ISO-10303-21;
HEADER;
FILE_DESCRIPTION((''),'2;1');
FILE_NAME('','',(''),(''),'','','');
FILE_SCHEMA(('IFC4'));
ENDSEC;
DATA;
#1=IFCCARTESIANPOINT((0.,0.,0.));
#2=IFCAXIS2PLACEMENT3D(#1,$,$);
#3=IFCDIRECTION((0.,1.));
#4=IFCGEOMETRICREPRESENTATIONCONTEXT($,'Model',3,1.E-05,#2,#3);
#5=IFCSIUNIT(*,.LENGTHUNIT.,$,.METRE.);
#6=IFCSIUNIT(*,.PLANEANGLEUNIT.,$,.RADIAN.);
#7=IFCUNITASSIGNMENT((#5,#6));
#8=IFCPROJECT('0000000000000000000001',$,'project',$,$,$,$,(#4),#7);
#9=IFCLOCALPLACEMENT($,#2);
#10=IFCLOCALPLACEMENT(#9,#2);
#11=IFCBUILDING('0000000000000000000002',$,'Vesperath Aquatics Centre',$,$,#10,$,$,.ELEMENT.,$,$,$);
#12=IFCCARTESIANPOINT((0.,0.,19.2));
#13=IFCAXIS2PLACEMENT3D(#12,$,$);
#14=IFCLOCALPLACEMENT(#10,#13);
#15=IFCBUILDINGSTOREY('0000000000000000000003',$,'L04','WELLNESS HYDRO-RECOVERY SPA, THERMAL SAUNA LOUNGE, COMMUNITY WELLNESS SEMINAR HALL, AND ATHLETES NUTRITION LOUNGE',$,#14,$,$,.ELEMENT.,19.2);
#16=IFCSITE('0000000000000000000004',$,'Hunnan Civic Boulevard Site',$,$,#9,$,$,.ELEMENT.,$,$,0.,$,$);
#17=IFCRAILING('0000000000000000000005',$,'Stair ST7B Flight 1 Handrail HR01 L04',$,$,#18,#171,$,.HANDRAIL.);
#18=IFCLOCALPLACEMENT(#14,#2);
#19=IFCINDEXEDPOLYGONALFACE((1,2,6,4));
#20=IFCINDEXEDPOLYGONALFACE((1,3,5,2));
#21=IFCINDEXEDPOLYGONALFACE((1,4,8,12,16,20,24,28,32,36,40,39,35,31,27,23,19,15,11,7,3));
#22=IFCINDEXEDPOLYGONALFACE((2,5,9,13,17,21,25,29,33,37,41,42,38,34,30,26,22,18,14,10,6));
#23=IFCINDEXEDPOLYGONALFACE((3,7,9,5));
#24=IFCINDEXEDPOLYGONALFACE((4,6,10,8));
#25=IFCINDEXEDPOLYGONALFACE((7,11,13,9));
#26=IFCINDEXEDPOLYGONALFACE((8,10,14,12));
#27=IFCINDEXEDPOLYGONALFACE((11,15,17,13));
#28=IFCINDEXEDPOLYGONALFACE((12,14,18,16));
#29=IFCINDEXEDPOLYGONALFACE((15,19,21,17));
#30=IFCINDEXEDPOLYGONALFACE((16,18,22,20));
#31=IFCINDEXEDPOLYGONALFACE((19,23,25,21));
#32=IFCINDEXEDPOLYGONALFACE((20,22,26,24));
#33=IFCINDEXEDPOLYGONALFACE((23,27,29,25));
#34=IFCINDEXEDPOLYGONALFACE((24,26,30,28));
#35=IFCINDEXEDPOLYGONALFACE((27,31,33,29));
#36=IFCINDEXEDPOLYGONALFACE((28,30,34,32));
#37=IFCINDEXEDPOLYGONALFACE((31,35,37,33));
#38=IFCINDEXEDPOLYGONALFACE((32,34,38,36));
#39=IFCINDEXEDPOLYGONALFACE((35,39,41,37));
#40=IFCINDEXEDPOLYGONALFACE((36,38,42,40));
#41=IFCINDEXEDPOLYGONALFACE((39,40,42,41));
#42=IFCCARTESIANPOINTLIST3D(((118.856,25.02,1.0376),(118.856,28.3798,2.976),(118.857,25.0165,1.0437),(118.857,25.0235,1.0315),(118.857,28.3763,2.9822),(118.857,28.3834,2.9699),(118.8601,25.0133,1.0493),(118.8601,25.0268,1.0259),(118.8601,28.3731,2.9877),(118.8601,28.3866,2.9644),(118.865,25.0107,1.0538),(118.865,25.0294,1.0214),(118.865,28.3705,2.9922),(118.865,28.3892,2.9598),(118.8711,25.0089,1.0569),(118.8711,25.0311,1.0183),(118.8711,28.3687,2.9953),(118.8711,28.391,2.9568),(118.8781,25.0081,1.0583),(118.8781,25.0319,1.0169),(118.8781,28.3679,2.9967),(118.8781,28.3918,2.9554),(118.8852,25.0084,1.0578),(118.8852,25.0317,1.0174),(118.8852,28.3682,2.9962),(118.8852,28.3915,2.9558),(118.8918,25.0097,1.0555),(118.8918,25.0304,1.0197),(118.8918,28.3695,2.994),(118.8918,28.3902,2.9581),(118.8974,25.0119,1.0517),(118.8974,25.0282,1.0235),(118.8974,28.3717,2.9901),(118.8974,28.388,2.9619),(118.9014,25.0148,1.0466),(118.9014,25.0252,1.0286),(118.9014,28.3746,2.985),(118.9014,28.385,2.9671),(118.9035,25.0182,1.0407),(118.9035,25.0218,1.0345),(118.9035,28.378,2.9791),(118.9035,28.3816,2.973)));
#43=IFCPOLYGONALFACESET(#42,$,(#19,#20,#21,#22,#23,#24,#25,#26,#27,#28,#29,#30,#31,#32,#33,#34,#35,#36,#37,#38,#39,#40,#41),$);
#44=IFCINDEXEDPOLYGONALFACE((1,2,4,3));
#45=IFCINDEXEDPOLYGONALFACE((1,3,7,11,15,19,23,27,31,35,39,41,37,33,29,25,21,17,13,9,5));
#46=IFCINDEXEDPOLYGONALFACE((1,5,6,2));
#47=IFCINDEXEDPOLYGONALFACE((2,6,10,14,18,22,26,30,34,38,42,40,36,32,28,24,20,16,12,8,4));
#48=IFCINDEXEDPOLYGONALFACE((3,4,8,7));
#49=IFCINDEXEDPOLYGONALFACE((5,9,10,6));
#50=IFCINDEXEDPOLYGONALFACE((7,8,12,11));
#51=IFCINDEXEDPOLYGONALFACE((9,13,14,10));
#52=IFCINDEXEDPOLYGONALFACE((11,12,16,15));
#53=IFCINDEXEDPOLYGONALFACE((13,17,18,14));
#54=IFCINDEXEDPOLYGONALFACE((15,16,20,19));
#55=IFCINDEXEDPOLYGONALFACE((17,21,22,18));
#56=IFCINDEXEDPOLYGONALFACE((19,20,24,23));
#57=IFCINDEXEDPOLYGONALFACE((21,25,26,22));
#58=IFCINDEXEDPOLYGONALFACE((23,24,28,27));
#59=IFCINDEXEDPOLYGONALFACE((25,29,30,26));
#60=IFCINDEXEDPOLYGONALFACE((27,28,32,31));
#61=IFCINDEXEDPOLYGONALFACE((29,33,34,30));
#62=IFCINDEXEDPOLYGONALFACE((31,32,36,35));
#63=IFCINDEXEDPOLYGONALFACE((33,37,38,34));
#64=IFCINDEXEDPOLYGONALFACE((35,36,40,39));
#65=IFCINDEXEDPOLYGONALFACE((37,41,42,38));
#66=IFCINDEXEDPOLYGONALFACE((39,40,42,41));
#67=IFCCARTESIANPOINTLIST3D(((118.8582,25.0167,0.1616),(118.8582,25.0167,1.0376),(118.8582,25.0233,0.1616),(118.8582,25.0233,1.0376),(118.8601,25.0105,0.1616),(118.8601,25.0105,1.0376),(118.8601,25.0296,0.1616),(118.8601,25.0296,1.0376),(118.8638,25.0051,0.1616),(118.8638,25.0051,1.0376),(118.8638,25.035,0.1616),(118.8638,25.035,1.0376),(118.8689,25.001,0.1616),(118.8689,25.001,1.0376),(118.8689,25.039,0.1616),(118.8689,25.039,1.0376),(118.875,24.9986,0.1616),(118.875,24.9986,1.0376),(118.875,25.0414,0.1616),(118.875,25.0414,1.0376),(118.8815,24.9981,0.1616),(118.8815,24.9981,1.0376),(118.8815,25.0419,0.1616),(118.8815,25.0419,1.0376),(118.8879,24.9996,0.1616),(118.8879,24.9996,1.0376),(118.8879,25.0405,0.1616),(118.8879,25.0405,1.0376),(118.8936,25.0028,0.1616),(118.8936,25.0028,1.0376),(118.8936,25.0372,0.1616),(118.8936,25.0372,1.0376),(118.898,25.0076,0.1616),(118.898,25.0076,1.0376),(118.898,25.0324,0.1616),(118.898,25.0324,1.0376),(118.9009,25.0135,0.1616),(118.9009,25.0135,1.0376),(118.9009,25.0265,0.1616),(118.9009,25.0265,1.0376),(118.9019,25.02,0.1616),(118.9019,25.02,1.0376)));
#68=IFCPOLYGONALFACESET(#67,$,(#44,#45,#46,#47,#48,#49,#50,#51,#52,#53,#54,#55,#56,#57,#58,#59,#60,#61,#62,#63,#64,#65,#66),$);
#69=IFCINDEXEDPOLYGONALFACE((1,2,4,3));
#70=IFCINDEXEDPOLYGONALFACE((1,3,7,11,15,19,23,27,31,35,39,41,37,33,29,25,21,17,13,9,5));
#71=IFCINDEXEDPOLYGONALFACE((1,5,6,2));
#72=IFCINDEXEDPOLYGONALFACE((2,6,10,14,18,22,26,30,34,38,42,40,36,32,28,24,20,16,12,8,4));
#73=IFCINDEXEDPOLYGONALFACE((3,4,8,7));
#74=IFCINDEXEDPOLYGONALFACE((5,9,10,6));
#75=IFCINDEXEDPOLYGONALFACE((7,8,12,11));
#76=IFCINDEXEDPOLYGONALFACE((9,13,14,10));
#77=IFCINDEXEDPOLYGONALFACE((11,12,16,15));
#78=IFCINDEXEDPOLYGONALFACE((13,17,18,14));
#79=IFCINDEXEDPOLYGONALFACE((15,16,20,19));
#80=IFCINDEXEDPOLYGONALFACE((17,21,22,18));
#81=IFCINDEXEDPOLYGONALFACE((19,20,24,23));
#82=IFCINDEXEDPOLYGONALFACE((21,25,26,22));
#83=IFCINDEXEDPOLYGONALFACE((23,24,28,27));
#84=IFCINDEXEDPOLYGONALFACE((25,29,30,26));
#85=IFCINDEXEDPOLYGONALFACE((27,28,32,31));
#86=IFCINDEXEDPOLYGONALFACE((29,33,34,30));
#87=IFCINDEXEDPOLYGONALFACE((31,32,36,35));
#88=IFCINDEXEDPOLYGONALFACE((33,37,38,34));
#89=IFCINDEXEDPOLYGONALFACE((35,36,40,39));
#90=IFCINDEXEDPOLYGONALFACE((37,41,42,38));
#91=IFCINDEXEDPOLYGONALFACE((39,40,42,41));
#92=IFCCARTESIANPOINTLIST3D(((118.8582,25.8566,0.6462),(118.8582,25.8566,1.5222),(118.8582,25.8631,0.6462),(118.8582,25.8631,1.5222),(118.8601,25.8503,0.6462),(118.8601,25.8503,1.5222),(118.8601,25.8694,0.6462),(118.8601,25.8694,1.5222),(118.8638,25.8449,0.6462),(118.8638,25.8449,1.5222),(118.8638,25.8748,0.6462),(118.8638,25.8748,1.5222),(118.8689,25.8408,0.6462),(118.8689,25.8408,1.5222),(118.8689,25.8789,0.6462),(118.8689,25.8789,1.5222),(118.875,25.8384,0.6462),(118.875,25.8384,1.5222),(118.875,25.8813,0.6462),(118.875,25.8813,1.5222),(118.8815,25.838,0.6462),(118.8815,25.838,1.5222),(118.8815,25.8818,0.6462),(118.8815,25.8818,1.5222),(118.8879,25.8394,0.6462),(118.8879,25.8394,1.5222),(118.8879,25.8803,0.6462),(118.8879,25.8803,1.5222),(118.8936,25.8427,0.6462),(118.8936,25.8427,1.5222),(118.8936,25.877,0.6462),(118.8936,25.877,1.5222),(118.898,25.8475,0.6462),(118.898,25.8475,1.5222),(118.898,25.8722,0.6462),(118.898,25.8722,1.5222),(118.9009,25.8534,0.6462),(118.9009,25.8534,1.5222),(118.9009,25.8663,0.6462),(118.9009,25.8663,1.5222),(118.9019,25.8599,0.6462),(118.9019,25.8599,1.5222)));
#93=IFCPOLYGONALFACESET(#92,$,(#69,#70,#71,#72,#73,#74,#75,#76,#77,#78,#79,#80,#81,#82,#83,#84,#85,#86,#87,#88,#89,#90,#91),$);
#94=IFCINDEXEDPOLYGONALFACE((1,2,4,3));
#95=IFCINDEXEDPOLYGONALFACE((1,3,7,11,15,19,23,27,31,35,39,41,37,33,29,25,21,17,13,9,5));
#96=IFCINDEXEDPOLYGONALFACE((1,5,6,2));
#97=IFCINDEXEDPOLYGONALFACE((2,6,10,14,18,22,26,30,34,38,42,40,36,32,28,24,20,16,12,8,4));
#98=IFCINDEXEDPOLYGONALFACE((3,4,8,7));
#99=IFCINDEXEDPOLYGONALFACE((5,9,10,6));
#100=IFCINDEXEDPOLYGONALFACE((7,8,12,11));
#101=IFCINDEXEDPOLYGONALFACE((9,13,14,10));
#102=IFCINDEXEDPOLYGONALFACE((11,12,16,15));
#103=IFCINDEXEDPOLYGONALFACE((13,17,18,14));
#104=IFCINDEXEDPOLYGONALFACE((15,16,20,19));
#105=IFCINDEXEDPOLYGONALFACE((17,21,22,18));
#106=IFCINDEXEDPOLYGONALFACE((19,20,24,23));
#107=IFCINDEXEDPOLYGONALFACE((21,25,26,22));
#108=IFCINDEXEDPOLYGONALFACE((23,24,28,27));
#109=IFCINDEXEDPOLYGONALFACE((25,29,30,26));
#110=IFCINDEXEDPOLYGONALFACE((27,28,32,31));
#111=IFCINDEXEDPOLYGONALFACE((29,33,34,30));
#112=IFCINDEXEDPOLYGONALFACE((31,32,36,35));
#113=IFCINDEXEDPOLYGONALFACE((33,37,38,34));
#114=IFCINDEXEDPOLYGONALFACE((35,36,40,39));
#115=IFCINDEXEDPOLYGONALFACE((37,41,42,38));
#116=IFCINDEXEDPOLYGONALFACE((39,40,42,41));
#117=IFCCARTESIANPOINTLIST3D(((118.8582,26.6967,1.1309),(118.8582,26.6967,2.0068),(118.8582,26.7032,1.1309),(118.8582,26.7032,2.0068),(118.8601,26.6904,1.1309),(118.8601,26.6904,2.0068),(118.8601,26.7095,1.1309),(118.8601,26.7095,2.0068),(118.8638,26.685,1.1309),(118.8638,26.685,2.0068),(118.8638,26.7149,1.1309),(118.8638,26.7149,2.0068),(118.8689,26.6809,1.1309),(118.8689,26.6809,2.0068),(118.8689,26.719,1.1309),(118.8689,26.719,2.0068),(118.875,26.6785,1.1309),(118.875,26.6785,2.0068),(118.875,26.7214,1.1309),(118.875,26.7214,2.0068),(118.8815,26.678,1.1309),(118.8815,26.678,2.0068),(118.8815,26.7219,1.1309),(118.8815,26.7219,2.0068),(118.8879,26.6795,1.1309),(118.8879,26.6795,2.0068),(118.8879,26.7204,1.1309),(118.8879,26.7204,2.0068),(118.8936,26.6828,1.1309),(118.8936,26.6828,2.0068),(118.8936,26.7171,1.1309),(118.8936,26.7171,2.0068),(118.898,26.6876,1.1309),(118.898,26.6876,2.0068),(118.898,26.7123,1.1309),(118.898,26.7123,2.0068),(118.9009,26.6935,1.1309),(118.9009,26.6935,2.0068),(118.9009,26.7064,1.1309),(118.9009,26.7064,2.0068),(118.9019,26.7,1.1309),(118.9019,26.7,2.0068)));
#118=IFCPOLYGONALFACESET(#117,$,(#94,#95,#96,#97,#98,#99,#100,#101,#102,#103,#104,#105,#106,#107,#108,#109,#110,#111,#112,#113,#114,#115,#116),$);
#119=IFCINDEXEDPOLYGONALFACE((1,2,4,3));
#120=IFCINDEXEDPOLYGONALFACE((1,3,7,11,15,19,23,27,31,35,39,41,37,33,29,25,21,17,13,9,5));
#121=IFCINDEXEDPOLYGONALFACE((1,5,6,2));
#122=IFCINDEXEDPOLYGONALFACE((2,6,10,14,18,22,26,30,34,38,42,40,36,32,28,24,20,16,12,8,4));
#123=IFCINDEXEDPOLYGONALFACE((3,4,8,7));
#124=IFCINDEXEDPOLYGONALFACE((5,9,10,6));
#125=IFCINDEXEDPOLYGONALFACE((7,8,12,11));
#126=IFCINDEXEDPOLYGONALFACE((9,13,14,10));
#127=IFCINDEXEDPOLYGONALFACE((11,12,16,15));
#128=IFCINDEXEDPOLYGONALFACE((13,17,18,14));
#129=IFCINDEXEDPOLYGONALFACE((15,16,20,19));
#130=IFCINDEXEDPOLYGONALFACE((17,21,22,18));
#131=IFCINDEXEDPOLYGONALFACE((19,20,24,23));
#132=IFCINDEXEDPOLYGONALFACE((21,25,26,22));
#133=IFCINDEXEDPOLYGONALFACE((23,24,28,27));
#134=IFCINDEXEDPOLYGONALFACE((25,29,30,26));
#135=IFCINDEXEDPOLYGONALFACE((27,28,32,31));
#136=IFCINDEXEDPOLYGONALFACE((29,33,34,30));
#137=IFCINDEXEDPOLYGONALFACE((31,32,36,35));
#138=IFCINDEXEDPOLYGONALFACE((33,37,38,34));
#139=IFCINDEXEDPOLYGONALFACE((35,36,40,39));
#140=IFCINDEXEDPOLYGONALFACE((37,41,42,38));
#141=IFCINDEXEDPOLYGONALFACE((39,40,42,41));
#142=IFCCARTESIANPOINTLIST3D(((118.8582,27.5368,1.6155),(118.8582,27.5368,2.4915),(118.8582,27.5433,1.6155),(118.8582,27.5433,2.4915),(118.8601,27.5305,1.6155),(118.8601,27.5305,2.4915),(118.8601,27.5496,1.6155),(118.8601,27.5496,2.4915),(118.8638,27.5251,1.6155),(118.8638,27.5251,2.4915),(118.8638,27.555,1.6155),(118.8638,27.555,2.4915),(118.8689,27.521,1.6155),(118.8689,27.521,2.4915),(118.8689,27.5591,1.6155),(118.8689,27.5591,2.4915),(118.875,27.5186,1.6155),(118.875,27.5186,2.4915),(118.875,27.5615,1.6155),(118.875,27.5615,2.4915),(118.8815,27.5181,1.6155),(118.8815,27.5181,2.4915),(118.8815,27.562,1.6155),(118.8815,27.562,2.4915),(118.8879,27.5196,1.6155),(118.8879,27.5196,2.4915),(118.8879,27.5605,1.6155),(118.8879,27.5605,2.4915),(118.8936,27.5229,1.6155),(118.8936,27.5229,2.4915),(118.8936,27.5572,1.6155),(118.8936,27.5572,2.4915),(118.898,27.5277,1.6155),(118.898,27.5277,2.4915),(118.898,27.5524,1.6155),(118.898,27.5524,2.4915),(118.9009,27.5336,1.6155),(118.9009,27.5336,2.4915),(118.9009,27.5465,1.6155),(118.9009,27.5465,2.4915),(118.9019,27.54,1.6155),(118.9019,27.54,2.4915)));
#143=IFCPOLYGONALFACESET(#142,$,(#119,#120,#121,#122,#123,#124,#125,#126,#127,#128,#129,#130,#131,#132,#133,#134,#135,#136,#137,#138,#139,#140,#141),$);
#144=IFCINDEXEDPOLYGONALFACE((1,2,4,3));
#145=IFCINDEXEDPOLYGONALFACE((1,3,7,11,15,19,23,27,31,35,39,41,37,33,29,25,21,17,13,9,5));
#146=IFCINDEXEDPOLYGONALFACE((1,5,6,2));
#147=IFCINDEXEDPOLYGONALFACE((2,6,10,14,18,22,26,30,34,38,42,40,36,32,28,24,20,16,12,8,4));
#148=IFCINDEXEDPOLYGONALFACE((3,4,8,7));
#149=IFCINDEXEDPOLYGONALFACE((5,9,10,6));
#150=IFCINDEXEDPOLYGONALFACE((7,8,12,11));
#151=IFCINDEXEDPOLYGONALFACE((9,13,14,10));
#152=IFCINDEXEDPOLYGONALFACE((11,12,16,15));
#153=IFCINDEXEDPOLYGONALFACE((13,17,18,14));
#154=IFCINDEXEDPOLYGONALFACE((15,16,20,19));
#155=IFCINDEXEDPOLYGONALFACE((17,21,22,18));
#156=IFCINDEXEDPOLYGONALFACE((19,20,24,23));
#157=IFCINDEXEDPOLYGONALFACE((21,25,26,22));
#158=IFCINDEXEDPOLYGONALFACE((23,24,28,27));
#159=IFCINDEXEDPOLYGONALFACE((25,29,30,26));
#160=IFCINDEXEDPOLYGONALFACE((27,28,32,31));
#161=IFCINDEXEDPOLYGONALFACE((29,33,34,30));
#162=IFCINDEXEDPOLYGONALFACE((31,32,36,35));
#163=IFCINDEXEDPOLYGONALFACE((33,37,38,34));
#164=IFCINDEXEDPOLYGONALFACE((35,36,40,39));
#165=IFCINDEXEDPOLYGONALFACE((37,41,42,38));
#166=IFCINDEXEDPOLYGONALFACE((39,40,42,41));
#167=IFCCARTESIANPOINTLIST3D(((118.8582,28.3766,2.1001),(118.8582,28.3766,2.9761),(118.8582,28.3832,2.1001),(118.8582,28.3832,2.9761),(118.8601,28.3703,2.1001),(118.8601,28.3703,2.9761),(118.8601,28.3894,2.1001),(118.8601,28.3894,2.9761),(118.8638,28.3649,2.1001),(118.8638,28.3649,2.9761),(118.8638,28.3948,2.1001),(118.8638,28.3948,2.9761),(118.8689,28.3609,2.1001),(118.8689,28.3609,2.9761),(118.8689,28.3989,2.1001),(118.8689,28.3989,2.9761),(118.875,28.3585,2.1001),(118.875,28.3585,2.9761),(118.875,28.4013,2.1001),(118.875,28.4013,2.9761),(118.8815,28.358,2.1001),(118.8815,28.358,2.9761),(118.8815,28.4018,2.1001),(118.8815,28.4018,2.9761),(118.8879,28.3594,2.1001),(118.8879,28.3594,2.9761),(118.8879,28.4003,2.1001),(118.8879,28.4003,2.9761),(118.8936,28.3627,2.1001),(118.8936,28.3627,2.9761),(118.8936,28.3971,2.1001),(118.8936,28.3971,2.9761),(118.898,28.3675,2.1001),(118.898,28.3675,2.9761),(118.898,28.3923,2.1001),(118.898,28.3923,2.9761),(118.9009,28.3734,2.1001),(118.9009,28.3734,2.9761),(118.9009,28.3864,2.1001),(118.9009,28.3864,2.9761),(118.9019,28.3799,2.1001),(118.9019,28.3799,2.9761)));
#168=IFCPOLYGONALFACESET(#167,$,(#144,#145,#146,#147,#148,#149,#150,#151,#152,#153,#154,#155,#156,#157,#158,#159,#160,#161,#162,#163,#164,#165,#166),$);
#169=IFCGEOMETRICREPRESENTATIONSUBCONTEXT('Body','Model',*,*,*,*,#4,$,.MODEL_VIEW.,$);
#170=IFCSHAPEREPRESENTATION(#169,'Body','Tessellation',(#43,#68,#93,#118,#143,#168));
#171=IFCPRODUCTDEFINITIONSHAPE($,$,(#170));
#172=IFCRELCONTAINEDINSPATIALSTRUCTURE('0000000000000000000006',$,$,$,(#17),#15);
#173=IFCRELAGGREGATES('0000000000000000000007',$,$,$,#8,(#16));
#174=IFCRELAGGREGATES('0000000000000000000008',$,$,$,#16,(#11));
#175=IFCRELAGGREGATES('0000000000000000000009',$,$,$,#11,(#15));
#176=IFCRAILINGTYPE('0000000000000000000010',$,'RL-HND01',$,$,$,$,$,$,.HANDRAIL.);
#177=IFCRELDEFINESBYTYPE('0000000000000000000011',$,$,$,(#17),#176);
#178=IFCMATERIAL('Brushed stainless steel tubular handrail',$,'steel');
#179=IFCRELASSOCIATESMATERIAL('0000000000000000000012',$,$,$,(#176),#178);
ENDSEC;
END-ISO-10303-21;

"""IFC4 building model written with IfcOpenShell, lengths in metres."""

from ifc_helpers import new_model, si_unit, direction, frame, origin, origin_2d, place, context, subcontext, project, spatial, circle, extrude, material, type_object, element, save


model = new_model("IFC4")

# Units and contexts
model_context = context("Model", 3, precision=1e-05, world=origin(), true_north=direction((0.0, 1.0)))
body_context = subcontext(model_context, "Body", "Model", "MODEL_VIEW")
ifc_project = project(units=[si_unit("LENGTHUNIT", "METRE"), si_unit("PLANEANGLEUNIT", "RADIAN")], contexts=[model_context])

# Site, building, storey
site_placement = place(None, origin())
site = spatial("IfcSite", under=ifc_project, at=site_placement, Name="Hunnan Civic Boulevard Site", CompositionType="ELEMENT", RefElevation=0.0)
building_placement = place(site_placement, origin())
building = spatial("IfcBuilding", under=site, at=building_placement, Name="Vesperath Aquatics Centre", CompositionType="ELEMENT")
storey_placement = place(building_placement, frame((0.0, 0.0, 19.2)))
storey = spatial("IfcBuildingStorey", under=building, at=storey_placement, Name="L04", Description="WELLNESS HYDRO-RECOVERY SPA, THERMAL SAUNA LOUNGE, COMMUNITY WELLNESS SEMINAR HALL, AND ATHLETES NUTRITION LOUNGE", CompositionType="ELEMENT", Elevation=19.2)

# Railing
ifc_material_1 = material(Name="Brushed stainless steel tubular handrail", Category="steel")
railing_type_1 = type_object("IfcRailingType", Name="RL-HND01", PredefinedType="HANDRAIL", material=ifc_material_1)
railing_1_placement = place(storey_placement, frame((118.8799, 25.02, 0.1616)))
element("IfcRailing", 1, at=railing_1_placement, inside=storey, type_object=railing_type_1, Name="Stair ST7B Flight 1 Handrail HR01 L04", PredefinedType="HANDRAIL", context=body_context, shape_type="SweptSolid", body=[
    extrude(circle(Radius=0.0239, at=origin_2d()), frame((0.0, 0.0, 0.876), z_axis=(0.0, 0.866175, 0.499741), x_axis=(-1.0, 0.0, 0.0)), (0.0, 0.0, 1.0), 3.8789),
    extrude(circle(Radius=0.022, at=origin_2d()), origin(), (0.0, 0.0, 1.0), 0.876),
    extrude(circle(Radius=0.022, at=origin_2d()), frame((0.0, 0.8398, 0.4846)), (0.0, 0.0, 1.0), 0.876),
    extrude(circle(Radius=0.022, at=origin_2d()), frame((0.0, 1.6799, 0.9692)), (0.0, 0.0, 1.0), 0.876),
    extrude(circle(Radius=0.022, at=origin_2d()), frame((0.0, 2.52, 1.4539)), (0.0, 0.0, 1.0), 0.876),
    extrude(circle(Radius=0.022, at=origin_2d()), frame((0.0, 3.3599, 1.9385)), (0.0, 0.0, 1.0), 0.876),
])

save(model, "model.ifc")
